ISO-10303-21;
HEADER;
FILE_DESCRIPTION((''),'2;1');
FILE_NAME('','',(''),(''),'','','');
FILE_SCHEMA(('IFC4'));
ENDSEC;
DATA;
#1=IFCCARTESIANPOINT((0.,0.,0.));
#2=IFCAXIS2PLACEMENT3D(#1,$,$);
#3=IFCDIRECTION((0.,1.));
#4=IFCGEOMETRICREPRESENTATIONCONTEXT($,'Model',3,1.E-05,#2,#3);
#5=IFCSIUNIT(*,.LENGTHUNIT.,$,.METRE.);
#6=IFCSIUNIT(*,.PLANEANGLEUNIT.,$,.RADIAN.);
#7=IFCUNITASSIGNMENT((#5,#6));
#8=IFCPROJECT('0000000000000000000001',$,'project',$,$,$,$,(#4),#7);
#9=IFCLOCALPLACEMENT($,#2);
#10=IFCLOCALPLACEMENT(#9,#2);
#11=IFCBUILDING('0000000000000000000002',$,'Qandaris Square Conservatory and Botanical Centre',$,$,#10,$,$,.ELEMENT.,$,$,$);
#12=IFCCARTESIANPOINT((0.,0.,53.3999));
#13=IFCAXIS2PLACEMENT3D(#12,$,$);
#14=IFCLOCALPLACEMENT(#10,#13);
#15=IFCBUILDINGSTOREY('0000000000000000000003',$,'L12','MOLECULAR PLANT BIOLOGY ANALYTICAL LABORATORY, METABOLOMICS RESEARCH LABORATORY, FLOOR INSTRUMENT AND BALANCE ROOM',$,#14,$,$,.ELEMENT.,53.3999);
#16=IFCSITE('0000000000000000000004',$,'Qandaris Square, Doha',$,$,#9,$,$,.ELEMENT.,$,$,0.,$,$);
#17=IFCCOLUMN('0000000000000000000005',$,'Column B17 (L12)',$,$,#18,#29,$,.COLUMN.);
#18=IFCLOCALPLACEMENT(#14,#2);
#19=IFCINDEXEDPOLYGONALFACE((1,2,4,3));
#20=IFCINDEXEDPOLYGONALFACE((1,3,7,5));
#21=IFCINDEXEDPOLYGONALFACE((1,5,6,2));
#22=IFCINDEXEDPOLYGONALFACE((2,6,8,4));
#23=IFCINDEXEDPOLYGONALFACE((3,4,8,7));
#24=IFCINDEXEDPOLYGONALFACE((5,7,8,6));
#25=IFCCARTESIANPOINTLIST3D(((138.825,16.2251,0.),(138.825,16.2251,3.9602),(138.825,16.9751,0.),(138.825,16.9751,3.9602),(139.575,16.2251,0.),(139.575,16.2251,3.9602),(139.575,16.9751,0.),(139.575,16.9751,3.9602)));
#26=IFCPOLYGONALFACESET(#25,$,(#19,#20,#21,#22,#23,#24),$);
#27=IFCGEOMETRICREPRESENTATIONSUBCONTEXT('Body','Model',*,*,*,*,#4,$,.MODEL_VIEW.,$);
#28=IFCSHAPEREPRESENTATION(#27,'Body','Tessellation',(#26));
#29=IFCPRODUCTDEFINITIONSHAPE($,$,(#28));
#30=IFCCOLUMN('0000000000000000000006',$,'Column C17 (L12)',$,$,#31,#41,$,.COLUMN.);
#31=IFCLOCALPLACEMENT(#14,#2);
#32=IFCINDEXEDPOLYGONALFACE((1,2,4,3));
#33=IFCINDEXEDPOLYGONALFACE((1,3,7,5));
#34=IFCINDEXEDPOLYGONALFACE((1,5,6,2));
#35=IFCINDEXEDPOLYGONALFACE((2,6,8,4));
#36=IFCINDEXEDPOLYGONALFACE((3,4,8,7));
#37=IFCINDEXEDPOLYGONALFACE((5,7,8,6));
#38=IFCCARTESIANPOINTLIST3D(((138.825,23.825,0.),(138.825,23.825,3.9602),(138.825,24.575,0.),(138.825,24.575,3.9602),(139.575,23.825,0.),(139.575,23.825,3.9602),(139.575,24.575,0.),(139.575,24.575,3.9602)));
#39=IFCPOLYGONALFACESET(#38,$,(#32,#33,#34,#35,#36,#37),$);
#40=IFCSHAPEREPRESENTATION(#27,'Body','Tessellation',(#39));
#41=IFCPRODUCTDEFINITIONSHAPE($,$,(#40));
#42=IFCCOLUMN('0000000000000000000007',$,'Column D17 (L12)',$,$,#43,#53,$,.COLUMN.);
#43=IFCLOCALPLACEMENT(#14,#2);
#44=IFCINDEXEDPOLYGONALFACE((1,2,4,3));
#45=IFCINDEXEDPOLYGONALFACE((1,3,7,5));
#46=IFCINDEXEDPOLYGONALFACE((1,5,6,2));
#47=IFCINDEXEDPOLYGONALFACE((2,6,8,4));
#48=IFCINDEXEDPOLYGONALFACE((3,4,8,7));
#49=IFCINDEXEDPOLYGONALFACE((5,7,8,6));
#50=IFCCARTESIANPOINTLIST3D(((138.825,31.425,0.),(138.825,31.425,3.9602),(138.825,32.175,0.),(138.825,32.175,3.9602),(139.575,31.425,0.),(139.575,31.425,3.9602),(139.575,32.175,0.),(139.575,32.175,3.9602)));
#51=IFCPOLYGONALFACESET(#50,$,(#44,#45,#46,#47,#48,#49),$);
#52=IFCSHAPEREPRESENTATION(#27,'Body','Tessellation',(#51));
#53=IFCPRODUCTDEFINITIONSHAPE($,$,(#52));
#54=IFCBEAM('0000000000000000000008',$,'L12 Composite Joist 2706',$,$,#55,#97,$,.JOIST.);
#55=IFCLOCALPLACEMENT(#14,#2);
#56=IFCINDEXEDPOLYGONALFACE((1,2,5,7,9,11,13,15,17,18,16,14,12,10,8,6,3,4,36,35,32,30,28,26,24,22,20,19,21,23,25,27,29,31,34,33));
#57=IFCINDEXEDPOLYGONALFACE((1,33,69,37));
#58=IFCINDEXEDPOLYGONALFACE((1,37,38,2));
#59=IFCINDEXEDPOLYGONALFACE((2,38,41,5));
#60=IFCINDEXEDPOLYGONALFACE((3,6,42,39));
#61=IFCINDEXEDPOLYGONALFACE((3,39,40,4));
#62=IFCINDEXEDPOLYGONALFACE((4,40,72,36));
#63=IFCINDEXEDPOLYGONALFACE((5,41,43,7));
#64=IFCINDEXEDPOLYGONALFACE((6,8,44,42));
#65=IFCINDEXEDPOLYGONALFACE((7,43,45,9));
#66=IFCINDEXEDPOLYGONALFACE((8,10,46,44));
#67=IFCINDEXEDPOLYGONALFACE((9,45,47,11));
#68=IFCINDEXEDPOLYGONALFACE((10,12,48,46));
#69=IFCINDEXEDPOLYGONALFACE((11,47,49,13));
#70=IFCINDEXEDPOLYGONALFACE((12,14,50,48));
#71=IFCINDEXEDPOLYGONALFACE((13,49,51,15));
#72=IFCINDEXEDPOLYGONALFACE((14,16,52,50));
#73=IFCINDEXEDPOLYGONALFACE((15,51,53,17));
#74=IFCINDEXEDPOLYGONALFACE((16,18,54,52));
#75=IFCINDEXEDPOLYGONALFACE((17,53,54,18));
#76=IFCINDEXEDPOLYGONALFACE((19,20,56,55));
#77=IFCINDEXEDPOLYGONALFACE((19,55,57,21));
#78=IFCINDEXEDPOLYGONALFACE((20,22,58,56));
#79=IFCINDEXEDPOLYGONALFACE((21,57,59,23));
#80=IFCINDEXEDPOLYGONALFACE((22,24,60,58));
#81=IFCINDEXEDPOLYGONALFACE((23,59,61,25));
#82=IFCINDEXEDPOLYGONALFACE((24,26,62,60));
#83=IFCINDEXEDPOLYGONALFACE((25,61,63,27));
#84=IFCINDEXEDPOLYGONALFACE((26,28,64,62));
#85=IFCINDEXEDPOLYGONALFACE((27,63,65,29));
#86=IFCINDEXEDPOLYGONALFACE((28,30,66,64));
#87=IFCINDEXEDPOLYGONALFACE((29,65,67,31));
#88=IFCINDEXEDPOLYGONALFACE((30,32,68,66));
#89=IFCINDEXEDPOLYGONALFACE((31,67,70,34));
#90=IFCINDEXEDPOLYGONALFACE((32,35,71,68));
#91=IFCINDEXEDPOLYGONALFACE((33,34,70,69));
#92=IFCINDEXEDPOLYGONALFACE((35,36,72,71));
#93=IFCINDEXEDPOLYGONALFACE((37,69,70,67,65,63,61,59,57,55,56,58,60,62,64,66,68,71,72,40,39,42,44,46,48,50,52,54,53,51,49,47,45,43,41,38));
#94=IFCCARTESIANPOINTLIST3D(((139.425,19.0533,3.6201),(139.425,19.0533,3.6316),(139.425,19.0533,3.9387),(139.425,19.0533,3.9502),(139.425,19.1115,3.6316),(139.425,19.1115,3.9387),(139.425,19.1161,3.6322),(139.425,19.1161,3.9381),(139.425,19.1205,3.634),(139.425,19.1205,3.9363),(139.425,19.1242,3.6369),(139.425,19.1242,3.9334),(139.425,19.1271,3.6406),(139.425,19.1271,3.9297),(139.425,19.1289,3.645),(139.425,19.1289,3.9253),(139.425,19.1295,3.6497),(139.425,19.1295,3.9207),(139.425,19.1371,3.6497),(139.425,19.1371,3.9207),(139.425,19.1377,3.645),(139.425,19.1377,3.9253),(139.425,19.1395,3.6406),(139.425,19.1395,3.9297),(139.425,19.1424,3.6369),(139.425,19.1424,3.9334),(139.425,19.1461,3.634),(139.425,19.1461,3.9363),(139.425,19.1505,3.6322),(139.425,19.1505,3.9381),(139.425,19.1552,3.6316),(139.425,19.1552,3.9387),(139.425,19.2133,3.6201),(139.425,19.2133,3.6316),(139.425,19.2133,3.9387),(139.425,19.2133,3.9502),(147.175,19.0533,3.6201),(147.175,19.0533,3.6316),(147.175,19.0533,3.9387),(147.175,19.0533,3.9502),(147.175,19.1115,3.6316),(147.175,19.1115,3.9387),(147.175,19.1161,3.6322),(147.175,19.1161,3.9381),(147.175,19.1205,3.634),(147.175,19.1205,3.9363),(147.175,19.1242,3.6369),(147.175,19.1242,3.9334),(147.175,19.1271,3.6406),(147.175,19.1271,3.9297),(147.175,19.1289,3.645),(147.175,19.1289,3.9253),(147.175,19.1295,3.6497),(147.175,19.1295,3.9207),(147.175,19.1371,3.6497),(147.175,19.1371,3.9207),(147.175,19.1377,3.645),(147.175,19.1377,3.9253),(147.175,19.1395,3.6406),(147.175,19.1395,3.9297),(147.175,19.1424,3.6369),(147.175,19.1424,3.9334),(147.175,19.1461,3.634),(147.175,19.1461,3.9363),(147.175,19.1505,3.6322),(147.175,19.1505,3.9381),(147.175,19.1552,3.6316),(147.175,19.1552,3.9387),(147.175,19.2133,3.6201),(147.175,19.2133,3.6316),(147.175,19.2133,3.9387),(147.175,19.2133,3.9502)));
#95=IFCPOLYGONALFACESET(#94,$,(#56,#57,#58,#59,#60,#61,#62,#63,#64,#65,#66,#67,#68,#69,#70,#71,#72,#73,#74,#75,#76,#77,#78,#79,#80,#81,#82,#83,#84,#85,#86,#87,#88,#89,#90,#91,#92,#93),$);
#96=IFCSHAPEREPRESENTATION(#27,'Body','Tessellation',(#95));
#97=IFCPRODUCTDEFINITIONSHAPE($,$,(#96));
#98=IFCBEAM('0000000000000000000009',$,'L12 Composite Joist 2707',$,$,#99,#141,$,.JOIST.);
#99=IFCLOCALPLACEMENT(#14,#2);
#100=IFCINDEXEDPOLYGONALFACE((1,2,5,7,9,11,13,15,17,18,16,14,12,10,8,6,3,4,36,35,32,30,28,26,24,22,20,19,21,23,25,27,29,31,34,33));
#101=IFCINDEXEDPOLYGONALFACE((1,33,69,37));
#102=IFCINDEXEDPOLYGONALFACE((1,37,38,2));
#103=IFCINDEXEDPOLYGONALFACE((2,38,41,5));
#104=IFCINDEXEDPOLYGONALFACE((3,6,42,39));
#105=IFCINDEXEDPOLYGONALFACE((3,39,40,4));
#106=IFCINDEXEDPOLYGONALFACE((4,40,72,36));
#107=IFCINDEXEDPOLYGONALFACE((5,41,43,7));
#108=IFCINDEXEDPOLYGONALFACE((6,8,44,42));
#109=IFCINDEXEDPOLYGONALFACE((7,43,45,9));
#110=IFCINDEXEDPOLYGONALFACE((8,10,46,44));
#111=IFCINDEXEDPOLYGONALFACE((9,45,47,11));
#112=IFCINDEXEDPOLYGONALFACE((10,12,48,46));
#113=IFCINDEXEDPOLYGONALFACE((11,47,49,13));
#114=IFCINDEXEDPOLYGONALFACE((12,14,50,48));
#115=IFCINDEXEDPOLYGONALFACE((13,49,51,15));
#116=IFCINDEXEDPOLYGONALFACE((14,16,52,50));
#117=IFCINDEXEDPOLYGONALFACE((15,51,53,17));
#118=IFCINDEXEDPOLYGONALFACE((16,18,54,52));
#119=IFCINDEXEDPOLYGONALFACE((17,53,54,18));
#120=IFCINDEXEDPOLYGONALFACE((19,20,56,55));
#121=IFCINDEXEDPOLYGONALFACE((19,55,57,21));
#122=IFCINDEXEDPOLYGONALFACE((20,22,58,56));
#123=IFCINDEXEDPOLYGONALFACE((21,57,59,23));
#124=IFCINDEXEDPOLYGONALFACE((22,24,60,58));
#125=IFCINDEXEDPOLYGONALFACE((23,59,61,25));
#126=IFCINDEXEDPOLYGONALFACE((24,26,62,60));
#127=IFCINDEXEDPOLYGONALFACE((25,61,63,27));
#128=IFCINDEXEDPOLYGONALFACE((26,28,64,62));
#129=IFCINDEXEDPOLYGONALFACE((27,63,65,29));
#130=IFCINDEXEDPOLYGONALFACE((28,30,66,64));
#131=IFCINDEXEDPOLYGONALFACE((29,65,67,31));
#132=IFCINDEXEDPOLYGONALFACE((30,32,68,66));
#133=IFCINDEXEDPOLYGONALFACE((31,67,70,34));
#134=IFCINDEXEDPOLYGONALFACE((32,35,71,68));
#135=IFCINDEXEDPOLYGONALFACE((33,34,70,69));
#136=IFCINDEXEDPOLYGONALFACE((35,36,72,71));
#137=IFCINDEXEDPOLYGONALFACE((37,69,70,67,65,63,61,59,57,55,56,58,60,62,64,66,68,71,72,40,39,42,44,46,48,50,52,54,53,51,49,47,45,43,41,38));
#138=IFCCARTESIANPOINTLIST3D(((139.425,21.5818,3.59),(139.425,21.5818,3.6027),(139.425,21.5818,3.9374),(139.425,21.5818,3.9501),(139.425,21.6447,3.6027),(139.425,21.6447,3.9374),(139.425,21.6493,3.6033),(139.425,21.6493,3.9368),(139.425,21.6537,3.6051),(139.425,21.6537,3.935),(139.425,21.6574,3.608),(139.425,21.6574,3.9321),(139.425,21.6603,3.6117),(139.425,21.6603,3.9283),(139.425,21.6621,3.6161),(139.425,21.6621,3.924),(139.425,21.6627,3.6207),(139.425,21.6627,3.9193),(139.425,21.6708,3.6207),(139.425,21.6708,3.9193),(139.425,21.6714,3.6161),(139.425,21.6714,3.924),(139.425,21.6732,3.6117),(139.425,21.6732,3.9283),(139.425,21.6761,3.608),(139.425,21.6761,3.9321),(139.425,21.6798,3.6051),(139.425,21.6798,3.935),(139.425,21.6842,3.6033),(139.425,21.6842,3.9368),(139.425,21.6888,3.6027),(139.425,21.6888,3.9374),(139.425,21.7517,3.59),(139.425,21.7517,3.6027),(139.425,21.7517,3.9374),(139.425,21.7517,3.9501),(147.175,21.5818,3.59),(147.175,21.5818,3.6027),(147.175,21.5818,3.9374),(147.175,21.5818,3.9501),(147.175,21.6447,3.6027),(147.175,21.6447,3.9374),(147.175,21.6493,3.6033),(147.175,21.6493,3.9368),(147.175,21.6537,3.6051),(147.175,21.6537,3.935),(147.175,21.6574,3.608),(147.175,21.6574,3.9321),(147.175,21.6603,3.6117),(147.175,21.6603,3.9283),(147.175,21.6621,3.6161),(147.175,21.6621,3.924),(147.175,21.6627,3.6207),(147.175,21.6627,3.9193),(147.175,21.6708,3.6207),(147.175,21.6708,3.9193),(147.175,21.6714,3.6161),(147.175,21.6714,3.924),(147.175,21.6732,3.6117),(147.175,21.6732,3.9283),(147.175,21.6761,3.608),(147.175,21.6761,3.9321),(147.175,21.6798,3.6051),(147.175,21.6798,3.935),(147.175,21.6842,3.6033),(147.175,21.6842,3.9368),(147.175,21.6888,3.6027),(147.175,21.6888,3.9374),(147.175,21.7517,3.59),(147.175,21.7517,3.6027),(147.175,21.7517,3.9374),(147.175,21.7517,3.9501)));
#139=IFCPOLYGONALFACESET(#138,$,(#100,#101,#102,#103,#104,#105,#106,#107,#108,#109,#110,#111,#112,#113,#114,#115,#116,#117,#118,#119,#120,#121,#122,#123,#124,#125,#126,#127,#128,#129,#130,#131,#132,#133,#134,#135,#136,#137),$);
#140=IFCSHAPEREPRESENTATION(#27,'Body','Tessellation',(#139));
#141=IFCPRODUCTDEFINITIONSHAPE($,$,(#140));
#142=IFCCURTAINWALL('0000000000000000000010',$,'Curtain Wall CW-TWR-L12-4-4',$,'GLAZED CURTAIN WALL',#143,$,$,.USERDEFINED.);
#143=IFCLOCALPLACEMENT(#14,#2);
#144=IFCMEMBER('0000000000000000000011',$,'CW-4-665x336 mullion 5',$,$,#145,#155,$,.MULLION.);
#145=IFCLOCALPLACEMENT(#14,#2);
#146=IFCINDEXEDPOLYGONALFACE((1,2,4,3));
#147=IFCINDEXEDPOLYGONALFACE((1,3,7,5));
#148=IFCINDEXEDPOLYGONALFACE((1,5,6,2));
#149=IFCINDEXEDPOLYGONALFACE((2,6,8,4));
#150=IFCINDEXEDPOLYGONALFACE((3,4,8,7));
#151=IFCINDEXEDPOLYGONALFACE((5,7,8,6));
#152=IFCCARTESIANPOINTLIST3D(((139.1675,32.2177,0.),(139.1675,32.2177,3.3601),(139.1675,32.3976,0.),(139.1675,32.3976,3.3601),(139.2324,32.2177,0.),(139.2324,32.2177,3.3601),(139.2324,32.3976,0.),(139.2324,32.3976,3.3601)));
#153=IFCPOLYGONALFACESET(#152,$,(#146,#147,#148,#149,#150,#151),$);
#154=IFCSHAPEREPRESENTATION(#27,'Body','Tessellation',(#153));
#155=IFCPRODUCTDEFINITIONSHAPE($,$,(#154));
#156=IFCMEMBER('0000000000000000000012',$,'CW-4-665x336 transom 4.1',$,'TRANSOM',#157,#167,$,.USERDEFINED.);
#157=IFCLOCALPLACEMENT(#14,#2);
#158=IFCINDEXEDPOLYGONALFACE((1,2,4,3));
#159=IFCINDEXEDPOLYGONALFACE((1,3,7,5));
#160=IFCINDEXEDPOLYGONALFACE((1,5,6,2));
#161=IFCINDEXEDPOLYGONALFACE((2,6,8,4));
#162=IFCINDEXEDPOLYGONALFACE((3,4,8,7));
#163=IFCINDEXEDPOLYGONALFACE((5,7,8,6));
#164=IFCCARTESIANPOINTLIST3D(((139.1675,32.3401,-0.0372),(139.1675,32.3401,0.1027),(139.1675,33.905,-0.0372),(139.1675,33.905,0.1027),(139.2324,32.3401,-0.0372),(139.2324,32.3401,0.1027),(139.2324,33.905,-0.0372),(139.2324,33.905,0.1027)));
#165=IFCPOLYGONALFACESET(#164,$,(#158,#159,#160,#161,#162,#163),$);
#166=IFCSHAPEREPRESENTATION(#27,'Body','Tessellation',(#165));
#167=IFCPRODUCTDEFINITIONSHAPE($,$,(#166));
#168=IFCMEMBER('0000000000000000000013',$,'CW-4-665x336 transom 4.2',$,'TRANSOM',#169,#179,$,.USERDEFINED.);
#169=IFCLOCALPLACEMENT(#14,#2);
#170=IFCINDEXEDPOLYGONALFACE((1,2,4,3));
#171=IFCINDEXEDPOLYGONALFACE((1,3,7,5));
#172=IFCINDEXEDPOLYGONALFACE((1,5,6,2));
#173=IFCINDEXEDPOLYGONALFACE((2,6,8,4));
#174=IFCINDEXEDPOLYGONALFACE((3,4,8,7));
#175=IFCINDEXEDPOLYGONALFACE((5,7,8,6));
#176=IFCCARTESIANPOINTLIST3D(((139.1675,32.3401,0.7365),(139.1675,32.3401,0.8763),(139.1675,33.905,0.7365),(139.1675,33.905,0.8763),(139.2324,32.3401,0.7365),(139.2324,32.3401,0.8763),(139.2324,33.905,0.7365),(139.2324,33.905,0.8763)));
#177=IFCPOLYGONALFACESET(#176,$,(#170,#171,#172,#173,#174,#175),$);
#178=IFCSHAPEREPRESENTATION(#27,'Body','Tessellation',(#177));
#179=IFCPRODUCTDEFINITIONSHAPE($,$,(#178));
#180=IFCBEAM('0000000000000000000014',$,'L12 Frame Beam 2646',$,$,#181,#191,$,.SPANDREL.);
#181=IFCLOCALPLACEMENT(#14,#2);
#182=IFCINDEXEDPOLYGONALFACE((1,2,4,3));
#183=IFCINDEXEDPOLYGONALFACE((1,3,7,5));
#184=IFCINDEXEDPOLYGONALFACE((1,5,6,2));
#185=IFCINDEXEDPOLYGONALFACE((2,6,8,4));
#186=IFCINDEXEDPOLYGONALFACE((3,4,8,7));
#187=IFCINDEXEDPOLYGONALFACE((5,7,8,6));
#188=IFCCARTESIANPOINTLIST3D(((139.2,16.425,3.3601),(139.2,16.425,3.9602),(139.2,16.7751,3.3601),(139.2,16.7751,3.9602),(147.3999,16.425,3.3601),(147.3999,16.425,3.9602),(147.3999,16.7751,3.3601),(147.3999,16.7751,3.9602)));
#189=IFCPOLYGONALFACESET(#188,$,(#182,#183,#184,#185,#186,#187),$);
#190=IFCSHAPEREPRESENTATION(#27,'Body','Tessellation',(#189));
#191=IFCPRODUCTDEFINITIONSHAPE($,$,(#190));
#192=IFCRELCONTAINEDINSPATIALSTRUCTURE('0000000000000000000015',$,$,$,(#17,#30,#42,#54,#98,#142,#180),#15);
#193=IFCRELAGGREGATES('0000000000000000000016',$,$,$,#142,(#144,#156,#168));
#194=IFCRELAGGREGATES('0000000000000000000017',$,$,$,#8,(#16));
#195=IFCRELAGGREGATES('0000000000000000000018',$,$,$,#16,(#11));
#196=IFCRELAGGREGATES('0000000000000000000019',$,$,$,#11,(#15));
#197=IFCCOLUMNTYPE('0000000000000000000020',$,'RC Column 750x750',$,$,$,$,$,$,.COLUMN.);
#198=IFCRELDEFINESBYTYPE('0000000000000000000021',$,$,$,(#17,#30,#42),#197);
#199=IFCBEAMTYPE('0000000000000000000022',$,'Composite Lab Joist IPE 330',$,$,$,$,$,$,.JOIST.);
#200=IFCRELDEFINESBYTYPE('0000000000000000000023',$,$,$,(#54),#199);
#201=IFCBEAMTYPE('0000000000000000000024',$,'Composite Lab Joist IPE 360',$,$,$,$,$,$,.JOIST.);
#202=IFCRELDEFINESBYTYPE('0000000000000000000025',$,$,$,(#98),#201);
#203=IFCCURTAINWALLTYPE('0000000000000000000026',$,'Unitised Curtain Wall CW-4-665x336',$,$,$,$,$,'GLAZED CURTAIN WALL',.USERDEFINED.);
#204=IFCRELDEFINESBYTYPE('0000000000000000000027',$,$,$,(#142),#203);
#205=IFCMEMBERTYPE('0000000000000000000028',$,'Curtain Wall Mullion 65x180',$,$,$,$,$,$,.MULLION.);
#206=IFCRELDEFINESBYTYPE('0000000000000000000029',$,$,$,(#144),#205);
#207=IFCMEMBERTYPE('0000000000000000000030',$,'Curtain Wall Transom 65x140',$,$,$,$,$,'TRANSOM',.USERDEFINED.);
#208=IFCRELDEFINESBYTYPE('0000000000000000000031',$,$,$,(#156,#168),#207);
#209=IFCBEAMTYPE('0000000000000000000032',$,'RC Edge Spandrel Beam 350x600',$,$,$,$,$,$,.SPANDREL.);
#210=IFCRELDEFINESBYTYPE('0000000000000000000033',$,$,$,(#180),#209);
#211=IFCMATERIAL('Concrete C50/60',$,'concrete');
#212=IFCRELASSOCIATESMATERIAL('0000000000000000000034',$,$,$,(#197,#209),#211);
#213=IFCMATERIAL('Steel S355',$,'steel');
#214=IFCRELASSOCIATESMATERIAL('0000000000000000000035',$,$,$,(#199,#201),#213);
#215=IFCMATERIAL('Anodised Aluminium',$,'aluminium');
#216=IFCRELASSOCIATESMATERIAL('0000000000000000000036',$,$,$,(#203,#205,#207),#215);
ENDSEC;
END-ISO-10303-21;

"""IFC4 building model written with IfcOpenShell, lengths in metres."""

from ifc_helpers import new_model, si_unit, direction, frame, origin, origin_2d, place, context, subcontext, project, spatial, rectangle, i_section, extrude, material, material_profile, profile_set, type_object, element, aggregate, save


model = new_model("IFC4")

# Units and contexts
model_context = context("Model", 3, precision=1e-05, world=origin(), true_north=direction((0.0, 1.0)))
body_context = subcontext(model_context, "Body", "Model", "MODEL_VIEW")
ifc_project = project(units=[si_unit("LENGTHUNIT", "METRE"), si_unit("PLANEANGLEUNIT", "RADIAN")], contexts=[model_context])

# Site, building, storey
site_placement = place(None, origin())
site = spatial("IfcSite", under=ifc_project, at=site_placement, Name="Qandaris Square, Doha", CompositionType="ELEMENT", RefElevation=0.0)
building_placement = place(site_placement, origin())
building = spatial("IfcBuilding", under=site, at=building_placement, Name="Qandaris Square Conservatory and Botanical Centre", CompositionType="ELEMENT")
storey_placement = place(building_placement, frame((0.0, 0.0, 53.3999)))
storey = spatial("IfcBuildingStorey", under=building, at=storey_placement, Name="L12", Description="MOLECULAR PLANT BIOLOGY ANALYTICAL LABORATORY, METABOLOMICS RESEARCH LABORATORY, FLOOR INSTRUMENT AND BALANCE ROOM", CompositionType="ELEMENT", Elevation=53.3999)

# Columns
ifc_material_1 = material(Name="Concrete C50/60", Category="concrete")
ifc_material_profile_1 = material_profile(ifc_material_1, rectangle(XDim=0.75, YDim=0.75, at=origin_2d()), Name="RC-COL 750x750")
ifc_profile_set_1 = profile_set([ifc_material_profile_1], Name="Concrete C50/60")
column_type = type_object("IfcColumnType", Name="RC Column 750x750", PredefinedType="COLUMN", material=ifc_profile_set_1)
for number, where, z_axis, x_axis, name in (
    (1, (139.2, 16.6001, 0.0), (0.0, 0.0, 1.0), (1.0, 0.0, 0.0), "Column B17 (L12)"),
    (2, (139.2, 24.2, 0.0), (0.0, 0.0, 1.0), (1.0, 0.0, 0.0), "Column C17 (L12)"),
    (3, (139.2, 31.8, 0.0), (0.0, 0.0, 1.0), (1.0, 0.0, 0.0), "Column D17 (L12)"),
):
    element("IfcColumn", number, at=place(storey_placement, frame(where, z_axis=z_axis, x_axis=x_axis)), inside=storey, type_object=column_type, Name=name, PredefinedType="COLUMN", context=body_context, shape_type="SweptSolid", body=[
        extrude(rectangle(XDim=0.75, YDim=0.75, at=origin_2d()), origin(), (0.0, 0.0, 1.0), 3.9602),
    ])

# Beams
ifc_material_2 = material(Name="Steel S355", Category="steel")
ifc_material_profile_2 = material_profile(ifc_material_2, i_section(OverallWidth=0.1599, OverallDepth=0.3301, WebThickness=0.0076, FlangeThickness=0.0115, FilletRadius=0.0181, at=origin_2d()), Name="IPE 330")
ifc_profile_set_2 = profile_set([ifc_material_profile_2], Name="Steel S355")
beam_type_1 = type_object("IfcBeamType", Name="Composite Lab Joist IPE 330", PredefinedType="JOIST", material=ifc_profile_set_2)
beam_1_placement = place(storey_placement, frame((139.425, 19.1333, 3.7852), z_axis=(1.0, 0.0, 0.0), x_axis=(0.0, 1.0, 0.0)))
element("IfcBeam", 4, at=beam_1_placement, inside=storey, type_object=beam_type_1, Name="L12 Composite Joist 2706", PredefinedType="JOIST", context=body_context, shape_type="SweptSolid", body=[
    extrude(i_section(OverallWidth=0.1599, OverallDepth=0.3301, WebThickness=0.0076, FlangeThickness=0.0115, FilletRadius=0.0181, at=origin_2d()), origin(), (0.0, 0.0, 1.0), 7.75),
])
ifc_material_profile_3 = material_profile(ifc_material_2, i_section(OverallWidth=0.1699, OverallDepth=0.3601, WebThickness=0.0081, FlangeThickness=0.0127, FilletRadius=0.0181, at=origin_2d()), Name="IPE 360")
ifc_profile_set_3 = profile_set([ifc_material_profile_3], Name="Steel S355")
beam_type_2 = type_object("IfcBeamType", Name="Composite Lab Joist IPE 360", PredefinedType="JOIST", material=ifc_profile_set_3)
beam_2_placement = place(storey_placement, frame((139.425, 21.6667, 3.77), z_axis=(1.0, 0.0, 0.0), x_axis=(0.0, 1.0, 0.0)))
element("IfcBeam", 5, at=beam_2_placement, inside=storey, type_object=beam_type_2, Name="L12 Composite Joist 2707", PredefinedType="JOIST", context=body_context, shape_type="SweptSolid", body=[
    extrude(i_section(OverallWidth=0.1699, OverallDepth=0.3601, WebThickness=0.0081, FlangeThickness=0.0127, FilletRadius=0.0181, at=origin_2d()), origin(), (0.0, 0.0, 1.0), 7.75),
])

# Curtain wall, members
ifc_material_3 = material(Name="Anodised Aluminium", Category="aluminium")
curtain_wall_type = type_object("IfcCurtainWallType", Name="Unitised Curtain Wall CW-4-665x336", ElementType="GLAZED CURTAIN WALL", PredefinedType="USERDEFINED", material=ifc_material_3)
curtain_wall_placement = place(storey_placement, origin())
curtain_wall = element("IfcCurtainWall", 6, at=curtain_wall_placement, inside=storey, type_object=curtain_wall_type, Name="Curtain Wall CW-TWR-L12-4-4", ObjectType="GLAZED CURTAIN WALL", PredefinedType="USERDEFINED")
ifc_material_profile_4 = material_profile(ifc_material_3, rectangle(XDim=0.0649, YDim=0.1799, at=origin_2d()), Name="ALU-MUL 65x180")
ifc_profile_set_4 = profile_set([ifc_material_profile_4], Name="Anodised Aluminium")
member_type_1 = type_object("IfcMemberType", Name="Curtain Wall Mullion 65x180", PredefinedType="MULLION", material=ifc_profile_set_4)
member_1_placement = place(storey_placement, frame((139.2, 32.3076, 0.0), z_axis=(0.0, 0.0, 1.0), x_axis=(1.0, 0.0, 0.0)))
member_1 = element("IfcMember", 7, at=member_1_placement, type_object=member_type_1, Name="CW-4-665x336 mullion 5", PredefinedType="MULLION", context=body_context, shape_type="SweptSolid", body=[
    extrude(rectangle(XDim=0.0649, YDim=0.1799, at=origin_2d()), origin(), (0.0, 0.0, 1.0), 3.3601),
])
ifc_material_profile_5 = material_profile(ifc_material_3, rectangle(XDim=0.0649, YDim=0.1399, at=origin_2d()), Name="ALU-TRN 65x140")
ifc_profile_set_5 = profile_set([ifc_material_profile_5], Name="Anodised Aluminium")
member_type_2 = type_object("IfcMemberType", Name="Curtain Wall Transom 65x140", ElementType="TRANSOM", PredefinedType="USERDEFINED", material=ifc_profile_set_5)
member_2_placement = place(storey_placement, frame((139.2, 33.905, 0.0327), z_axis=(0.0, -1.0, 0.0), x_axis=(1.0, 0.0, 0.0)))
member_2 = element("IfcMember", 8, at=member_2_placement, type_object=member_type_2, Name="CW-4-665x336 transom 4.1", ObjectType="TRANSOM", PredefinedType="USERDEFINED", context=body_context, shape_type="SweptSolid", body=[
    extrude(rectangle(XDim=0.0649, YDim=0.1399, at=origin_2d()), origin(), (0.0, 0.0, 1.0), 1.5649),
])
member_3_placement = place(storey_placement, frame((139.2, 33.905, 0.8064), z_axis=(0.0, -1.0, 0.0), x_axis=(1.0, 0.0, 0.0)))
member_3 = element("IfcMember", 9, at=member_3_placement, type_object=member_type_2, Name="CW-4-665x336 transom 4.2", ObjectType="TRANSOM", PredefinedType="USERDEFINED", context=body_context, shape_type="SweptSolid", body=[
    extrude(rectangle(XDim=0.0649, YDim=0.1399, at=origin_2d()), origin(), (0.0, 0.0, 1.0), 1.5649),
])

# Beam
ifc_material_profile_6 = material_profile(ifc_material_1, rectangle(XDim=0.3501, YDim=0.6001, at=origin_2d()), Name="RC-SP 350x600")
ifc_profile_set_6 = profile_set([ifc_material_profile_6], Name="Concrete C50/60")
beam_type_3 = type_object("IfcBeamType", Name="RC Edge Spandrel Beam 350x600", PredefinedType="SPANDREL", material=ifc_profile_set_6)
beam_3_placement = place(storey_placement, frame((139.2, 16.6001, 3.6602), z_axis=(1.0, 0.0, 0.0), x_axis=(0.0, 1.0, 0.0)))
element("IfcBeam", 10, at=beam_3_placement, inside=storey, type_object=beam_type_3, Name="L12 Frame Beam 2646", PredefinedType="SPANDREL", context=body_context, shape_type="SweptSolid", body=[
    extrude(rectangle(XDim=0.3501, YDim=0.6001, at=origin_2d()), origin(), (0.0, 0.0, 1.0), 8.2),
])

aggregate(curtain_wall, [member_1, member_2, member_3])

save(model, "model.ifc")
